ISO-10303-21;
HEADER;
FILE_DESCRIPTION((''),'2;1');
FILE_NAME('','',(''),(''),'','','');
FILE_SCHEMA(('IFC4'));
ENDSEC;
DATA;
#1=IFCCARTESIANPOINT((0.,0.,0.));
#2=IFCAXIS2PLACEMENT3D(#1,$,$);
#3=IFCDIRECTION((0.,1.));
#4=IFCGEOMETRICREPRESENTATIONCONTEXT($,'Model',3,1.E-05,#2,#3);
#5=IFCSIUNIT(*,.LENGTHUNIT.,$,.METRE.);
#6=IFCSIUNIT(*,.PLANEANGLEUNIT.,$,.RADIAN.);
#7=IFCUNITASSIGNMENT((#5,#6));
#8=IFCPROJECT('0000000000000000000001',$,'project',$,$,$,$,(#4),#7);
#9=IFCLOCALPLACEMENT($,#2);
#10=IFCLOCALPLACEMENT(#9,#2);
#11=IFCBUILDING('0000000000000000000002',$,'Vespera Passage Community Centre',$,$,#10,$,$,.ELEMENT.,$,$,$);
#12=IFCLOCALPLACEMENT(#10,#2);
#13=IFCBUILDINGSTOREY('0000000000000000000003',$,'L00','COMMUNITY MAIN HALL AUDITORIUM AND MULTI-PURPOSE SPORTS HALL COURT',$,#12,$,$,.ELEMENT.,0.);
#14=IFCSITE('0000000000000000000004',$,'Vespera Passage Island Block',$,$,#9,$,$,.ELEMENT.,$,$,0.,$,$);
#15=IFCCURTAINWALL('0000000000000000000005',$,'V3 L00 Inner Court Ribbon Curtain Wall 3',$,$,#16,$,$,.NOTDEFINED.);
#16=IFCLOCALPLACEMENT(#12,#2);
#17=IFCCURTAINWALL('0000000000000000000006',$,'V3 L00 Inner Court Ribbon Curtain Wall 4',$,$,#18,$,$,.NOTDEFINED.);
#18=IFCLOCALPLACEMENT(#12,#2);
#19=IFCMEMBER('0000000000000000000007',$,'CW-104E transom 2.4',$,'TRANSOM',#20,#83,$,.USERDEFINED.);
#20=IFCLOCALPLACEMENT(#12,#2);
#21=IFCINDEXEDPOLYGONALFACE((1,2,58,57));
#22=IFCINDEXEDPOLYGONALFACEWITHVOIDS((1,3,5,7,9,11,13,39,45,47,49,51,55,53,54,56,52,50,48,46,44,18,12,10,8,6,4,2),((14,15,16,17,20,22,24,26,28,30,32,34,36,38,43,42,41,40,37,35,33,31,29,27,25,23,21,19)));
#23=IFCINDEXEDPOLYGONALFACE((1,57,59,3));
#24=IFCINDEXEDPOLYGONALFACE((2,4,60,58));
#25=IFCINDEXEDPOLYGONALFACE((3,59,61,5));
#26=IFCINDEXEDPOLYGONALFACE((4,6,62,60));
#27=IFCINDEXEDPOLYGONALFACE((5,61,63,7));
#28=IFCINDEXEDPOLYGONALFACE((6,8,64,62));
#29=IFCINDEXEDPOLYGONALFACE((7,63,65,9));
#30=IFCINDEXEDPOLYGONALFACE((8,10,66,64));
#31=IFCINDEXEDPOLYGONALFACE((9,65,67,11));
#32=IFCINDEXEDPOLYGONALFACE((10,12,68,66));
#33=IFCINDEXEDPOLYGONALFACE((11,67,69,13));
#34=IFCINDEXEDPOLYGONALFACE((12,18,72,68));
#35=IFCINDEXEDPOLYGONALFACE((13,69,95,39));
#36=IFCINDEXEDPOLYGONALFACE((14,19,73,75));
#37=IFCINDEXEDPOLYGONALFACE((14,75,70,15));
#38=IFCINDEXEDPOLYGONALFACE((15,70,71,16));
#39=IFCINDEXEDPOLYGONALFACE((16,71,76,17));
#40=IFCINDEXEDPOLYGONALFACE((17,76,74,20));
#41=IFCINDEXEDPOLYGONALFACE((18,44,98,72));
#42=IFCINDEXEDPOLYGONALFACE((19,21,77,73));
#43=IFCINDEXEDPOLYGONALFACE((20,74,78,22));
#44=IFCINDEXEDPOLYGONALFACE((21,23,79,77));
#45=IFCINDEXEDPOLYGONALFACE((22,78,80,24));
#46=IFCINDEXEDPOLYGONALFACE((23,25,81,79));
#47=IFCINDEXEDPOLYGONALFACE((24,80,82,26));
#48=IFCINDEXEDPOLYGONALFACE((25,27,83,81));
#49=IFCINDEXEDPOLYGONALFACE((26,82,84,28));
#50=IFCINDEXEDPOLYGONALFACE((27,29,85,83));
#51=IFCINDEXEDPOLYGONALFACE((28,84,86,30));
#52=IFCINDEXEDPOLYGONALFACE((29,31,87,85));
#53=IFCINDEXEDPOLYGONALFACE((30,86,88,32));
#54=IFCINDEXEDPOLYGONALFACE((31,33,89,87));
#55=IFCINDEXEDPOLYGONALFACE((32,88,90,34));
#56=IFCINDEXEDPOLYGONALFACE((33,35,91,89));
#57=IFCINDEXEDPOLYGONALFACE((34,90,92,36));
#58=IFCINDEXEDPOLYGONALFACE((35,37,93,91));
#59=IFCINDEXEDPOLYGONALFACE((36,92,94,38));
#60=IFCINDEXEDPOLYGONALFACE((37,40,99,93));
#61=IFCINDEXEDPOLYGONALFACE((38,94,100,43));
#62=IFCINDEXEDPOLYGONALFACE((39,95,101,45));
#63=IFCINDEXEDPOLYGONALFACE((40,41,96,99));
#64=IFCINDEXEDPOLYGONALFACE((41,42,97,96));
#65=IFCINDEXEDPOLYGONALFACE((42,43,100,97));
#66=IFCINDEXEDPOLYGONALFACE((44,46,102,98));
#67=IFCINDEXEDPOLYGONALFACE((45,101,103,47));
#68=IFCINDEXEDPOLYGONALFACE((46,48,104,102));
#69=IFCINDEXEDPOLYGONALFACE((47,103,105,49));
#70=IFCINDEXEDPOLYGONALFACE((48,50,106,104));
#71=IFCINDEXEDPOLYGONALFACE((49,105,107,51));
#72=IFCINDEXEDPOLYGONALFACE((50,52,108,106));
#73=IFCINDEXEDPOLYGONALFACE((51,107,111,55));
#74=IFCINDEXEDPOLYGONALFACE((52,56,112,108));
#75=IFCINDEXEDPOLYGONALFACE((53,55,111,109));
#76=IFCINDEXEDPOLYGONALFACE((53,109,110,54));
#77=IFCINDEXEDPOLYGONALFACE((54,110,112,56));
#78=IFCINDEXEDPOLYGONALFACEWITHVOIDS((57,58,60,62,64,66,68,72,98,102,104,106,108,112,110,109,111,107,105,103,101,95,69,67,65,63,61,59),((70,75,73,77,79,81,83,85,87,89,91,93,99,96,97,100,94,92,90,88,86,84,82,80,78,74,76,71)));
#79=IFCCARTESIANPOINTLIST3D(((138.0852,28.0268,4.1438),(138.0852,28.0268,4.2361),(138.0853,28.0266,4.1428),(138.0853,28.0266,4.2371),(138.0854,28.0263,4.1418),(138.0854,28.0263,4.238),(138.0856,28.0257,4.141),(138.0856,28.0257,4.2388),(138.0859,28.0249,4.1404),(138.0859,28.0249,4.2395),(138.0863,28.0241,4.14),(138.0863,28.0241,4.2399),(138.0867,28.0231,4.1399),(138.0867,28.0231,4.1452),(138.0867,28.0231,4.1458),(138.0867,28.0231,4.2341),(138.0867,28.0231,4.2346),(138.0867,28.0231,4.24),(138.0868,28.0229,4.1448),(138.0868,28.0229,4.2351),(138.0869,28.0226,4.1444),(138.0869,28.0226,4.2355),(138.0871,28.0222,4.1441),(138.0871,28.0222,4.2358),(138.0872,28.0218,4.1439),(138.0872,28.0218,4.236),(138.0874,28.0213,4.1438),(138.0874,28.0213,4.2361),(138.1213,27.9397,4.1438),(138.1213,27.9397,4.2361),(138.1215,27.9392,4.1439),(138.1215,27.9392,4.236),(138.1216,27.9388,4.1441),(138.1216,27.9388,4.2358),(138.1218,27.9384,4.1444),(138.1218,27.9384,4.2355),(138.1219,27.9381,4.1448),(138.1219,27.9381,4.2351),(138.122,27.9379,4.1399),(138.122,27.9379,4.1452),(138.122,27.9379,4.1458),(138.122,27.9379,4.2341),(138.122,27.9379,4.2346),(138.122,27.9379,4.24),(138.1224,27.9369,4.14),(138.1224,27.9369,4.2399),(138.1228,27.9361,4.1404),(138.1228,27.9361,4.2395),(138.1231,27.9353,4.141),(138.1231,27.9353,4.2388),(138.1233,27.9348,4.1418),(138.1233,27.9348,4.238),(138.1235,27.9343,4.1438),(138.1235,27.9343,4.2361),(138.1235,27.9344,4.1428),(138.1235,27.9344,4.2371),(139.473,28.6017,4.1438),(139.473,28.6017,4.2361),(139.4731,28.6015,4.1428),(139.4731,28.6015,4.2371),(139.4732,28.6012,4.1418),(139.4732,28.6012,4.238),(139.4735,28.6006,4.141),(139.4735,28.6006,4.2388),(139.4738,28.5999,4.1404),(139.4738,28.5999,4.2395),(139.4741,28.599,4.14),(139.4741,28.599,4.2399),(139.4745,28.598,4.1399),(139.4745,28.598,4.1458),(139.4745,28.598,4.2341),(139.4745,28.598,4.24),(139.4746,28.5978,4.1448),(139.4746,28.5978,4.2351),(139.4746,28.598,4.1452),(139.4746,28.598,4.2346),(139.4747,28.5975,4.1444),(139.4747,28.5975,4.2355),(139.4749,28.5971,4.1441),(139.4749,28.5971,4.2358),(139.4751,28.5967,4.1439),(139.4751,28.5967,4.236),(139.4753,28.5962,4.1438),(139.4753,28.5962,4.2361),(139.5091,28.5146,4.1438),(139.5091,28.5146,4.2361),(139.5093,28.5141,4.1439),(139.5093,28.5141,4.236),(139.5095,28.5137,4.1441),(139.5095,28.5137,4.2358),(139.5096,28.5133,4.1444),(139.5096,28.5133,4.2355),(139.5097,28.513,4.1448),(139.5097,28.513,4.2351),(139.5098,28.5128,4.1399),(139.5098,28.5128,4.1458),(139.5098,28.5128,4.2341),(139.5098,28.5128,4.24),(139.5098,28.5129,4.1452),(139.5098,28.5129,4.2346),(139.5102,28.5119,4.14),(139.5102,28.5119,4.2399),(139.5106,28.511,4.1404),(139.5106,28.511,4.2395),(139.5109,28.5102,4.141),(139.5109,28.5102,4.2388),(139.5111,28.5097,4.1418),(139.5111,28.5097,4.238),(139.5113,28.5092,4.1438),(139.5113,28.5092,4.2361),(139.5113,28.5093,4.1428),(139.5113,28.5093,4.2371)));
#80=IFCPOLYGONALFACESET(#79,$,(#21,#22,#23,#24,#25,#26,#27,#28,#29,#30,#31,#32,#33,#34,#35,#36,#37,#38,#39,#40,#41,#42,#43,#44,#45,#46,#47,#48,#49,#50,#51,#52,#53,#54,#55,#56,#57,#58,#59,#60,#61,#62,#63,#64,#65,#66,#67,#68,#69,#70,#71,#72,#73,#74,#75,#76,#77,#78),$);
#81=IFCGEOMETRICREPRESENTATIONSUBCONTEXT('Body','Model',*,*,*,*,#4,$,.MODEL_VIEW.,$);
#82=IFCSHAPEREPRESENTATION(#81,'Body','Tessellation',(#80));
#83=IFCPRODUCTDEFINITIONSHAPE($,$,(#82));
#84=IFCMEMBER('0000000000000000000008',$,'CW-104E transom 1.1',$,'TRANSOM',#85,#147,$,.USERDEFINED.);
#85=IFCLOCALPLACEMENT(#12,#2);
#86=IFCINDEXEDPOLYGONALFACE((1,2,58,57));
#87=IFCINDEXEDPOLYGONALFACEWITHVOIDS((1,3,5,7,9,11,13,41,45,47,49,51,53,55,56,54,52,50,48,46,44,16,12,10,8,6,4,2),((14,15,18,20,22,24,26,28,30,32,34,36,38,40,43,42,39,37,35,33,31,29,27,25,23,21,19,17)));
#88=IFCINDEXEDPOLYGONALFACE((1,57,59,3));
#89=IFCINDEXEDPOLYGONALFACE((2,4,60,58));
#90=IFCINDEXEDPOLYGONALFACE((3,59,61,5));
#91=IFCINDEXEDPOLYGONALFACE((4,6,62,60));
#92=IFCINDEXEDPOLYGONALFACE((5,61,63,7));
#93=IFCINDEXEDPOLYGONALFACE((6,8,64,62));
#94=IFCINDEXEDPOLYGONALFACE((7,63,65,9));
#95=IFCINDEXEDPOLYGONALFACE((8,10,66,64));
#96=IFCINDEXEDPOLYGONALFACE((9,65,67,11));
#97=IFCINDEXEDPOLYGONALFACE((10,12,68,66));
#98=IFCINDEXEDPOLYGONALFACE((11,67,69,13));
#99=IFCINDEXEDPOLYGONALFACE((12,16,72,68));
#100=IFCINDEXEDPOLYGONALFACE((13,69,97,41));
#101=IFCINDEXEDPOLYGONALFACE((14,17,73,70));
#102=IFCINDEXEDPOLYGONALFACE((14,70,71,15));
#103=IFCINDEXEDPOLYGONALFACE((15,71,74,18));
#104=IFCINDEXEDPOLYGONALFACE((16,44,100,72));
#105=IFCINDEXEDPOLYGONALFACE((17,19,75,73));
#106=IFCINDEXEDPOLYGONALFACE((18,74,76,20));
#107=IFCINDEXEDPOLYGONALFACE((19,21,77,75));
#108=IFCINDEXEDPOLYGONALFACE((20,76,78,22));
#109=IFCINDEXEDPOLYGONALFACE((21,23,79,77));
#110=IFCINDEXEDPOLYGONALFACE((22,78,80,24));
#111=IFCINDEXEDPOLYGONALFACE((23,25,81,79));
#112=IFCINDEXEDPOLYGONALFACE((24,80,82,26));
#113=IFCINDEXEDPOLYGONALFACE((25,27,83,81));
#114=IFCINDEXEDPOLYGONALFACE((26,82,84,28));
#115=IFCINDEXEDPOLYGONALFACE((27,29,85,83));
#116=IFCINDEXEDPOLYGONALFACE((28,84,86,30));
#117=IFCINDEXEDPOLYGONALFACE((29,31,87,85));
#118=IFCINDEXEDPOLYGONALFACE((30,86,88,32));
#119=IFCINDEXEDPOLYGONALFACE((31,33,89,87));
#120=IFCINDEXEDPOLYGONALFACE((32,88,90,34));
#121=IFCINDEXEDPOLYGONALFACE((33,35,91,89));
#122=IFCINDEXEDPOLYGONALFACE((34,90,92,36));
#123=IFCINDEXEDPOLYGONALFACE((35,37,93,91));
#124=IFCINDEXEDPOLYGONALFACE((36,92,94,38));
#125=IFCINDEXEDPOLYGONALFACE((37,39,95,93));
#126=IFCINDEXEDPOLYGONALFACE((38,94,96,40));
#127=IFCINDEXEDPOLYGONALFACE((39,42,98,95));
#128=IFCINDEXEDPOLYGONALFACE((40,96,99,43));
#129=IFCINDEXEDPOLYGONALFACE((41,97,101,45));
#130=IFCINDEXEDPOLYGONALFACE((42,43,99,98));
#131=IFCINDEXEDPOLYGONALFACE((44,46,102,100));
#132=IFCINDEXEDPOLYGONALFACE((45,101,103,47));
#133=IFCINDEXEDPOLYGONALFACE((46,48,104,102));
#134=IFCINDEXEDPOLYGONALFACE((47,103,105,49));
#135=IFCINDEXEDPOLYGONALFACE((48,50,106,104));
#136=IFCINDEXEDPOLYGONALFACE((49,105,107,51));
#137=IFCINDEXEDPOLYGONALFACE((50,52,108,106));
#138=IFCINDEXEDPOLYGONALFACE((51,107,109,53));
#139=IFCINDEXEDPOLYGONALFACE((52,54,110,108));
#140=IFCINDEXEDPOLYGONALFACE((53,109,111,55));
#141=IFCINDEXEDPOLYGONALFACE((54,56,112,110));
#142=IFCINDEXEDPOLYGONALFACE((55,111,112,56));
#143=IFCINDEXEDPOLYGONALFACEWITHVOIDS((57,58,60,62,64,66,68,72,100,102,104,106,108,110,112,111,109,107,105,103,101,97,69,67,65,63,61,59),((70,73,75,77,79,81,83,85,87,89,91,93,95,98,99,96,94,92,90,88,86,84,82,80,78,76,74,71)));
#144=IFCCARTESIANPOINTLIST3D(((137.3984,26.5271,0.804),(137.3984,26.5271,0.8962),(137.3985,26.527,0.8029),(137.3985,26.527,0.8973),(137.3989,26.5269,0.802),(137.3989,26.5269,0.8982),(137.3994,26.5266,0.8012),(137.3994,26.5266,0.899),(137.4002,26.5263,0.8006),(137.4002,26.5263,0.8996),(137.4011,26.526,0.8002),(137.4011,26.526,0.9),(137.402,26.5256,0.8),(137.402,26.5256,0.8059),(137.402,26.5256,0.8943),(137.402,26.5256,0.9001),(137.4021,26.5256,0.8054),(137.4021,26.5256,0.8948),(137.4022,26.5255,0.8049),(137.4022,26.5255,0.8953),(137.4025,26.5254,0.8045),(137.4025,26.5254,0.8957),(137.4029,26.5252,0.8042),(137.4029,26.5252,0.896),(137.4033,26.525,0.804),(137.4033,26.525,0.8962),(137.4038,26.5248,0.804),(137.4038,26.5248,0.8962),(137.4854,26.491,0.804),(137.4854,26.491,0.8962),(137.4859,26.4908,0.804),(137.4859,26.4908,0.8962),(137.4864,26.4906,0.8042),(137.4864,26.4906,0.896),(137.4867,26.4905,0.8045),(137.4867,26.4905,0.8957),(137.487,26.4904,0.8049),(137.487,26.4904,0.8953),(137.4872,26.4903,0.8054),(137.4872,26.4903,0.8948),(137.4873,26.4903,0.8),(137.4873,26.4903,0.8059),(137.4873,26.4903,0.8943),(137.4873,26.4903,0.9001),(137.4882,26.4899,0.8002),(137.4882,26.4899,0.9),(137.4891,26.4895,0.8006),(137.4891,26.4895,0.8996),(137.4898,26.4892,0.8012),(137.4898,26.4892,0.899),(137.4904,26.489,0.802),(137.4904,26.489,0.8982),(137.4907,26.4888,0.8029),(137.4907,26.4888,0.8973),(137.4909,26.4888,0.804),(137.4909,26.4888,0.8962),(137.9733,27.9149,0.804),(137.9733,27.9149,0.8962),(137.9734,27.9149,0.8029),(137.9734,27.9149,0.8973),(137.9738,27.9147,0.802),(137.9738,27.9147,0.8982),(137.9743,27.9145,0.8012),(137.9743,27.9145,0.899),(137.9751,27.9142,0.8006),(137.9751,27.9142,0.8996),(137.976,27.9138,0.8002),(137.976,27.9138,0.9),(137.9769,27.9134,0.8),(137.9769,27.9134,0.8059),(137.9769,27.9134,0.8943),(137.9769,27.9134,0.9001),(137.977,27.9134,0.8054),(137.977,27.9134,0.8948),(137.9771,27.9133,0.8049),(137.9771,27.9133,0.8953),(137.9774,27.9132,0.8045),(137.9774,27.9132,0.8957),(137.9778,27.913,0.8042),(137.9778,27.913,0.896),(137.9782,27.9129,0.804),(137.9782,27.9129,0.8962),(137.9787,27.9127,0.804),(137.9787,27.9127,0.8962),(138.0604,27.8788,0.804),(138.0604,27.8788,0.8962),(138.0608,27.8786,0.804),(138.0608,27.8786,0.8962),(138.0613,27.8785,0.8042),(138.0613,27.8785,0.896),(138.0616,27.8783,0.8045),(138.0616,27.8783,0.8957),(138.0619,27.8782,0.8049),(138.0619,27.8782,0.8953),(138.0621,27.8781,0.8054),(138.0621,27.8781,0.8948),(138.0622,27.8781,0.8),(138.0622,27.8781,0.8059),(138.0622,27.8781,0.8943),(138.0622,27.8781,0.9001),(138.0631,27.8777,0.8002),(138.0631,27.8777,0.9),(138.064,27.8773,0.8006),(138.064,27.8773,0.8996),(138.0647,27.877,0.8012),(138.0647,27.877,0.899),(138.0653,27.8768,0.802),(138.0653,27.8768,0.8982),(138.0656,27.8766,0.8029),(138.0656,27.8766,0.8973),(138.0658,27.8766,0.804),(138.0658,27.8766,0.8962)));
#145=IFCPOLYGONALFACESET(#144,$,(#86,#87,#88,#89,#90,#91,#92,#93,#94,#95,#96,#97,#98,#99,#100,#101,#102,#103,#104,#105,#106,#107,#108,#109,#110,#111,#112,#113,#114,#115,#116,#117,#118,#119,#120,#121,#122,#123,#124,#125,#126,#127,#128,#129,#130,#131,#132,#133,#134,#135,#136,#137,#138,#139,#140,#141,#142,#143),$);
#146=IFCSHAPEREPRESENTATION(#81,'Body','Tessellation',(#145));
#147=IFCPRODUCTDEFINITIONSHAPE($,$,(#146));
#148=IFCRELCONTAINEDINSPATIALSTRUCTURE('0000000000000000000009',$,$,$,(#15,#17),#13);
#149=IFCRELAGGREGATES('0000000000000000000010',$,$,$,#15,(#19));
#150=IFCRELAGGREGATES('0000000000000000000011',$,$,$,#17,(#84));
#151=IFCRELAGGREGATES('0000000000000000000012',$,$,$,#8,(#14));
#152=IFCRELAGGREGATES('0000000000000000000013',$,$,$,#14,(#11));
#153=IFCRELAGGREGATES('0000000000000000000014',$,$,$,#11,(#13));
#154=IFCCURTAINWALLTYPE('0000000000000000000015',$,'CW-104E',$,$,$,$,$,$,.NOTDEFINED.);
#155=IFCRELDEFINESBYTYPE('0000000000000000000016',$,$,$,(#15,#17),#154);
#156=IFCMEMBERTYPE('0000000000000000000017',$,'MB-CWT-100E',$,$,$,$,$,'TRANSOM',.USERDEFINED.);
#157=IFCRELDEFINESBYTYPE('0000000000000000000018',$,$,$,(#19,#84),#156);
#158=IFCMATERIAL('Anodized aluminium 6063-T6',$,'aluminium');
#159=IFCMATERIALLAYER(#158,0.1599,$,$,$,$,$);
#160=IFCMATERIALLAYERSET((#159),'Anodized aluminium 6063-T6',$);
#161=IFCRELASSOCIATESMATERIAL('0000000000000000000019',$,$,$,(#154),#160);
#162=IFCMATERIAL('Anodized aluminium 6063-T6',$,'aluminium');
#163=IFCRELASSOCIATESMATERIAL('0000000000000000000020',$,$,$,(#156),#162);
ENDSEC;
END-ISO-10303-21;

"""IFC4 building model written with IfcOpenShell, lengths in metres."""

from ifc_helpers import new_model, si_unit, direction, frame, origin, origin_2d, place, context, subcontext, project, spatial, hollow_rectangle, extrude, material, layer, layer_set, material_profile, profile_set, type_object, element, aggregate, save


model = new_model("IFC4")

# Units and contexts
model_context = context("Model", 3, precision=1e-05, world=origin(), true_north=direction((0.0, 1.0)))
body_context = subcontext(model_context, "Body", "Model", "MODEL_VIEW")
ifc_project = project(units=[si_unit("LENGTHUNIT", "METRE"), si_unit("PLANEANGLEUNIT", "RADIAN")], contexts=[model_context])

# Site, building, storey
site_placement = place(None, origin())
site = spatial("IfcSite", under=ifc_project, at=site_placement, Name="Vespera Passage Island Block", CompositionType="ELEMENT", RefElevation=0.0)
building_placement = place(site_placement, origin())
building = spatial("IfcBuilding", under=site, at=building_placement, Name="Vespera Passage Community Centre", CompositionType="ELEMENT")
storey_placement = place(building_placement, origin())
storey = spatial("IfcBuildingStorey", under=building, at=storey_placement, Name="L00", Description="COMMUNITY MAIN HALL AUDITORIUM AND MULTI-PURPOSE SPORTS HALL COURT", CompositionType="ELEMENT", Elevation=0.0)

# Curtain wall
ifc_material_1 = material(Name="Anodized aluminium 6063-T6", Category="aluminium")
ifc_layer_1 = layer(ifc_material_1, 0.1599)
ifc_layer_set_1 = layer_set([ifc_layer_1], Name="Anodized aluminium 6063-T6")
curtain_wall_type = type_object("IfcCurtainWallType", Name="CW-104E", PredefinedType="NOTDEFINED", material=ifc_layer_set_1)
curtain_wall_1_placement = place(storey_placement, origin())
curtain_wall_1 = element("IfcCurtainWall", 1, at=curtain_wall_1_placement, inside=storey, type_object=curtain_wall_type, Name="V3 L00 Inner Court Ribbon Curtain Wall 3", PredefinedType="NOTDEFINED")

# Curtain wall
curtain_wall_2_placement = place(storey_placement, origin())
curtain_wall_2 = element("IfcCurtainWall", 2, at=curtain_wall_2_placement, inside=storey, type_object=curtain_wall_type, Name="V3 L00 Inner Court Ribbon Curtain Wall 4", PredefinedType="NOTDEFINED")

# Members
ifc_material_2 = material(Name="Anodized aluminium 6063-T6", Category="aluminium")
ifc_material_profile_1 = material_profile(ifc_material_2, hollow_rectangle(XDim=0.1001, YDim=0.1001, WallThickness=0.0039, InnerFilletRadius=0.002, OuterFilletRadius=0.0039, at=origin_2d()), Name="ALU100X100X4")
ifc_profile_set_1 = profile_set([ifc_material_profile_1], Name="Anodized aluminium 6063-T6")
member_type_1 = type_object("IfcMemberType", Name="MB-CWT-100E", ElementType="TRANSOM", PredefinedType="USERDEFINED", material=ifc_profile_set_1)
member_1_placement = place(storey_placement, frame((139.4922, 28.5554, 4.1899), z_axis=(-0.923868, -0.382711, 0.0), x_axis=(0.382711, -0.923868, 0.0)))
member_1 = element("IfcMember", 3, at=member_1_placement, type_object=member_type_1, Name="CW-104E transom 2.4", ObjectType="TRANSOM", PredefinedType="USERDEFINED", context=body_context, shape_type="SweptSolid", body=[
    extrude(hollow_rectangle(XDim=0.1001, YDim=0.1001, WallThickness=0.0039, InnerFilletRadius=0.002, OuterFilletRadius=0.0039, at=origin_2d()), origin(), (0.0, 0.0, 1.0), 1.5022),
])
member_2_placement = place(storey_placement, frame((138.0195, 27.8958, 0.8501), z_axis=(-0.382711, -0.923868, 0.0), x_axis=(0.923868, -0.382711, 0.0)))
member_2 = element("IfcMember", 4, at=member_2_placement, type_object=member_type_1, Name="CW-104E transom 1.1", ObjectType="TRANSOM", PredefinedType="USERDEFINED", context=body_context, shape_type="SweptSolid", body=[
    extrude(hollow_rectangle(XDim=0.1001, YDim=0.1001, WallThickness=0.0039, InnerFilletRadius=0.002, OuterFilletRadius=0.0039, at=origin_2d()), origin(), (0.0, 0.0, 1.0), 1.5022),
])

aggregate(curtain_wall_1, [member_1])
aggregate(curtain_wall_2, [member_2])

save(model, "model.ifc")
